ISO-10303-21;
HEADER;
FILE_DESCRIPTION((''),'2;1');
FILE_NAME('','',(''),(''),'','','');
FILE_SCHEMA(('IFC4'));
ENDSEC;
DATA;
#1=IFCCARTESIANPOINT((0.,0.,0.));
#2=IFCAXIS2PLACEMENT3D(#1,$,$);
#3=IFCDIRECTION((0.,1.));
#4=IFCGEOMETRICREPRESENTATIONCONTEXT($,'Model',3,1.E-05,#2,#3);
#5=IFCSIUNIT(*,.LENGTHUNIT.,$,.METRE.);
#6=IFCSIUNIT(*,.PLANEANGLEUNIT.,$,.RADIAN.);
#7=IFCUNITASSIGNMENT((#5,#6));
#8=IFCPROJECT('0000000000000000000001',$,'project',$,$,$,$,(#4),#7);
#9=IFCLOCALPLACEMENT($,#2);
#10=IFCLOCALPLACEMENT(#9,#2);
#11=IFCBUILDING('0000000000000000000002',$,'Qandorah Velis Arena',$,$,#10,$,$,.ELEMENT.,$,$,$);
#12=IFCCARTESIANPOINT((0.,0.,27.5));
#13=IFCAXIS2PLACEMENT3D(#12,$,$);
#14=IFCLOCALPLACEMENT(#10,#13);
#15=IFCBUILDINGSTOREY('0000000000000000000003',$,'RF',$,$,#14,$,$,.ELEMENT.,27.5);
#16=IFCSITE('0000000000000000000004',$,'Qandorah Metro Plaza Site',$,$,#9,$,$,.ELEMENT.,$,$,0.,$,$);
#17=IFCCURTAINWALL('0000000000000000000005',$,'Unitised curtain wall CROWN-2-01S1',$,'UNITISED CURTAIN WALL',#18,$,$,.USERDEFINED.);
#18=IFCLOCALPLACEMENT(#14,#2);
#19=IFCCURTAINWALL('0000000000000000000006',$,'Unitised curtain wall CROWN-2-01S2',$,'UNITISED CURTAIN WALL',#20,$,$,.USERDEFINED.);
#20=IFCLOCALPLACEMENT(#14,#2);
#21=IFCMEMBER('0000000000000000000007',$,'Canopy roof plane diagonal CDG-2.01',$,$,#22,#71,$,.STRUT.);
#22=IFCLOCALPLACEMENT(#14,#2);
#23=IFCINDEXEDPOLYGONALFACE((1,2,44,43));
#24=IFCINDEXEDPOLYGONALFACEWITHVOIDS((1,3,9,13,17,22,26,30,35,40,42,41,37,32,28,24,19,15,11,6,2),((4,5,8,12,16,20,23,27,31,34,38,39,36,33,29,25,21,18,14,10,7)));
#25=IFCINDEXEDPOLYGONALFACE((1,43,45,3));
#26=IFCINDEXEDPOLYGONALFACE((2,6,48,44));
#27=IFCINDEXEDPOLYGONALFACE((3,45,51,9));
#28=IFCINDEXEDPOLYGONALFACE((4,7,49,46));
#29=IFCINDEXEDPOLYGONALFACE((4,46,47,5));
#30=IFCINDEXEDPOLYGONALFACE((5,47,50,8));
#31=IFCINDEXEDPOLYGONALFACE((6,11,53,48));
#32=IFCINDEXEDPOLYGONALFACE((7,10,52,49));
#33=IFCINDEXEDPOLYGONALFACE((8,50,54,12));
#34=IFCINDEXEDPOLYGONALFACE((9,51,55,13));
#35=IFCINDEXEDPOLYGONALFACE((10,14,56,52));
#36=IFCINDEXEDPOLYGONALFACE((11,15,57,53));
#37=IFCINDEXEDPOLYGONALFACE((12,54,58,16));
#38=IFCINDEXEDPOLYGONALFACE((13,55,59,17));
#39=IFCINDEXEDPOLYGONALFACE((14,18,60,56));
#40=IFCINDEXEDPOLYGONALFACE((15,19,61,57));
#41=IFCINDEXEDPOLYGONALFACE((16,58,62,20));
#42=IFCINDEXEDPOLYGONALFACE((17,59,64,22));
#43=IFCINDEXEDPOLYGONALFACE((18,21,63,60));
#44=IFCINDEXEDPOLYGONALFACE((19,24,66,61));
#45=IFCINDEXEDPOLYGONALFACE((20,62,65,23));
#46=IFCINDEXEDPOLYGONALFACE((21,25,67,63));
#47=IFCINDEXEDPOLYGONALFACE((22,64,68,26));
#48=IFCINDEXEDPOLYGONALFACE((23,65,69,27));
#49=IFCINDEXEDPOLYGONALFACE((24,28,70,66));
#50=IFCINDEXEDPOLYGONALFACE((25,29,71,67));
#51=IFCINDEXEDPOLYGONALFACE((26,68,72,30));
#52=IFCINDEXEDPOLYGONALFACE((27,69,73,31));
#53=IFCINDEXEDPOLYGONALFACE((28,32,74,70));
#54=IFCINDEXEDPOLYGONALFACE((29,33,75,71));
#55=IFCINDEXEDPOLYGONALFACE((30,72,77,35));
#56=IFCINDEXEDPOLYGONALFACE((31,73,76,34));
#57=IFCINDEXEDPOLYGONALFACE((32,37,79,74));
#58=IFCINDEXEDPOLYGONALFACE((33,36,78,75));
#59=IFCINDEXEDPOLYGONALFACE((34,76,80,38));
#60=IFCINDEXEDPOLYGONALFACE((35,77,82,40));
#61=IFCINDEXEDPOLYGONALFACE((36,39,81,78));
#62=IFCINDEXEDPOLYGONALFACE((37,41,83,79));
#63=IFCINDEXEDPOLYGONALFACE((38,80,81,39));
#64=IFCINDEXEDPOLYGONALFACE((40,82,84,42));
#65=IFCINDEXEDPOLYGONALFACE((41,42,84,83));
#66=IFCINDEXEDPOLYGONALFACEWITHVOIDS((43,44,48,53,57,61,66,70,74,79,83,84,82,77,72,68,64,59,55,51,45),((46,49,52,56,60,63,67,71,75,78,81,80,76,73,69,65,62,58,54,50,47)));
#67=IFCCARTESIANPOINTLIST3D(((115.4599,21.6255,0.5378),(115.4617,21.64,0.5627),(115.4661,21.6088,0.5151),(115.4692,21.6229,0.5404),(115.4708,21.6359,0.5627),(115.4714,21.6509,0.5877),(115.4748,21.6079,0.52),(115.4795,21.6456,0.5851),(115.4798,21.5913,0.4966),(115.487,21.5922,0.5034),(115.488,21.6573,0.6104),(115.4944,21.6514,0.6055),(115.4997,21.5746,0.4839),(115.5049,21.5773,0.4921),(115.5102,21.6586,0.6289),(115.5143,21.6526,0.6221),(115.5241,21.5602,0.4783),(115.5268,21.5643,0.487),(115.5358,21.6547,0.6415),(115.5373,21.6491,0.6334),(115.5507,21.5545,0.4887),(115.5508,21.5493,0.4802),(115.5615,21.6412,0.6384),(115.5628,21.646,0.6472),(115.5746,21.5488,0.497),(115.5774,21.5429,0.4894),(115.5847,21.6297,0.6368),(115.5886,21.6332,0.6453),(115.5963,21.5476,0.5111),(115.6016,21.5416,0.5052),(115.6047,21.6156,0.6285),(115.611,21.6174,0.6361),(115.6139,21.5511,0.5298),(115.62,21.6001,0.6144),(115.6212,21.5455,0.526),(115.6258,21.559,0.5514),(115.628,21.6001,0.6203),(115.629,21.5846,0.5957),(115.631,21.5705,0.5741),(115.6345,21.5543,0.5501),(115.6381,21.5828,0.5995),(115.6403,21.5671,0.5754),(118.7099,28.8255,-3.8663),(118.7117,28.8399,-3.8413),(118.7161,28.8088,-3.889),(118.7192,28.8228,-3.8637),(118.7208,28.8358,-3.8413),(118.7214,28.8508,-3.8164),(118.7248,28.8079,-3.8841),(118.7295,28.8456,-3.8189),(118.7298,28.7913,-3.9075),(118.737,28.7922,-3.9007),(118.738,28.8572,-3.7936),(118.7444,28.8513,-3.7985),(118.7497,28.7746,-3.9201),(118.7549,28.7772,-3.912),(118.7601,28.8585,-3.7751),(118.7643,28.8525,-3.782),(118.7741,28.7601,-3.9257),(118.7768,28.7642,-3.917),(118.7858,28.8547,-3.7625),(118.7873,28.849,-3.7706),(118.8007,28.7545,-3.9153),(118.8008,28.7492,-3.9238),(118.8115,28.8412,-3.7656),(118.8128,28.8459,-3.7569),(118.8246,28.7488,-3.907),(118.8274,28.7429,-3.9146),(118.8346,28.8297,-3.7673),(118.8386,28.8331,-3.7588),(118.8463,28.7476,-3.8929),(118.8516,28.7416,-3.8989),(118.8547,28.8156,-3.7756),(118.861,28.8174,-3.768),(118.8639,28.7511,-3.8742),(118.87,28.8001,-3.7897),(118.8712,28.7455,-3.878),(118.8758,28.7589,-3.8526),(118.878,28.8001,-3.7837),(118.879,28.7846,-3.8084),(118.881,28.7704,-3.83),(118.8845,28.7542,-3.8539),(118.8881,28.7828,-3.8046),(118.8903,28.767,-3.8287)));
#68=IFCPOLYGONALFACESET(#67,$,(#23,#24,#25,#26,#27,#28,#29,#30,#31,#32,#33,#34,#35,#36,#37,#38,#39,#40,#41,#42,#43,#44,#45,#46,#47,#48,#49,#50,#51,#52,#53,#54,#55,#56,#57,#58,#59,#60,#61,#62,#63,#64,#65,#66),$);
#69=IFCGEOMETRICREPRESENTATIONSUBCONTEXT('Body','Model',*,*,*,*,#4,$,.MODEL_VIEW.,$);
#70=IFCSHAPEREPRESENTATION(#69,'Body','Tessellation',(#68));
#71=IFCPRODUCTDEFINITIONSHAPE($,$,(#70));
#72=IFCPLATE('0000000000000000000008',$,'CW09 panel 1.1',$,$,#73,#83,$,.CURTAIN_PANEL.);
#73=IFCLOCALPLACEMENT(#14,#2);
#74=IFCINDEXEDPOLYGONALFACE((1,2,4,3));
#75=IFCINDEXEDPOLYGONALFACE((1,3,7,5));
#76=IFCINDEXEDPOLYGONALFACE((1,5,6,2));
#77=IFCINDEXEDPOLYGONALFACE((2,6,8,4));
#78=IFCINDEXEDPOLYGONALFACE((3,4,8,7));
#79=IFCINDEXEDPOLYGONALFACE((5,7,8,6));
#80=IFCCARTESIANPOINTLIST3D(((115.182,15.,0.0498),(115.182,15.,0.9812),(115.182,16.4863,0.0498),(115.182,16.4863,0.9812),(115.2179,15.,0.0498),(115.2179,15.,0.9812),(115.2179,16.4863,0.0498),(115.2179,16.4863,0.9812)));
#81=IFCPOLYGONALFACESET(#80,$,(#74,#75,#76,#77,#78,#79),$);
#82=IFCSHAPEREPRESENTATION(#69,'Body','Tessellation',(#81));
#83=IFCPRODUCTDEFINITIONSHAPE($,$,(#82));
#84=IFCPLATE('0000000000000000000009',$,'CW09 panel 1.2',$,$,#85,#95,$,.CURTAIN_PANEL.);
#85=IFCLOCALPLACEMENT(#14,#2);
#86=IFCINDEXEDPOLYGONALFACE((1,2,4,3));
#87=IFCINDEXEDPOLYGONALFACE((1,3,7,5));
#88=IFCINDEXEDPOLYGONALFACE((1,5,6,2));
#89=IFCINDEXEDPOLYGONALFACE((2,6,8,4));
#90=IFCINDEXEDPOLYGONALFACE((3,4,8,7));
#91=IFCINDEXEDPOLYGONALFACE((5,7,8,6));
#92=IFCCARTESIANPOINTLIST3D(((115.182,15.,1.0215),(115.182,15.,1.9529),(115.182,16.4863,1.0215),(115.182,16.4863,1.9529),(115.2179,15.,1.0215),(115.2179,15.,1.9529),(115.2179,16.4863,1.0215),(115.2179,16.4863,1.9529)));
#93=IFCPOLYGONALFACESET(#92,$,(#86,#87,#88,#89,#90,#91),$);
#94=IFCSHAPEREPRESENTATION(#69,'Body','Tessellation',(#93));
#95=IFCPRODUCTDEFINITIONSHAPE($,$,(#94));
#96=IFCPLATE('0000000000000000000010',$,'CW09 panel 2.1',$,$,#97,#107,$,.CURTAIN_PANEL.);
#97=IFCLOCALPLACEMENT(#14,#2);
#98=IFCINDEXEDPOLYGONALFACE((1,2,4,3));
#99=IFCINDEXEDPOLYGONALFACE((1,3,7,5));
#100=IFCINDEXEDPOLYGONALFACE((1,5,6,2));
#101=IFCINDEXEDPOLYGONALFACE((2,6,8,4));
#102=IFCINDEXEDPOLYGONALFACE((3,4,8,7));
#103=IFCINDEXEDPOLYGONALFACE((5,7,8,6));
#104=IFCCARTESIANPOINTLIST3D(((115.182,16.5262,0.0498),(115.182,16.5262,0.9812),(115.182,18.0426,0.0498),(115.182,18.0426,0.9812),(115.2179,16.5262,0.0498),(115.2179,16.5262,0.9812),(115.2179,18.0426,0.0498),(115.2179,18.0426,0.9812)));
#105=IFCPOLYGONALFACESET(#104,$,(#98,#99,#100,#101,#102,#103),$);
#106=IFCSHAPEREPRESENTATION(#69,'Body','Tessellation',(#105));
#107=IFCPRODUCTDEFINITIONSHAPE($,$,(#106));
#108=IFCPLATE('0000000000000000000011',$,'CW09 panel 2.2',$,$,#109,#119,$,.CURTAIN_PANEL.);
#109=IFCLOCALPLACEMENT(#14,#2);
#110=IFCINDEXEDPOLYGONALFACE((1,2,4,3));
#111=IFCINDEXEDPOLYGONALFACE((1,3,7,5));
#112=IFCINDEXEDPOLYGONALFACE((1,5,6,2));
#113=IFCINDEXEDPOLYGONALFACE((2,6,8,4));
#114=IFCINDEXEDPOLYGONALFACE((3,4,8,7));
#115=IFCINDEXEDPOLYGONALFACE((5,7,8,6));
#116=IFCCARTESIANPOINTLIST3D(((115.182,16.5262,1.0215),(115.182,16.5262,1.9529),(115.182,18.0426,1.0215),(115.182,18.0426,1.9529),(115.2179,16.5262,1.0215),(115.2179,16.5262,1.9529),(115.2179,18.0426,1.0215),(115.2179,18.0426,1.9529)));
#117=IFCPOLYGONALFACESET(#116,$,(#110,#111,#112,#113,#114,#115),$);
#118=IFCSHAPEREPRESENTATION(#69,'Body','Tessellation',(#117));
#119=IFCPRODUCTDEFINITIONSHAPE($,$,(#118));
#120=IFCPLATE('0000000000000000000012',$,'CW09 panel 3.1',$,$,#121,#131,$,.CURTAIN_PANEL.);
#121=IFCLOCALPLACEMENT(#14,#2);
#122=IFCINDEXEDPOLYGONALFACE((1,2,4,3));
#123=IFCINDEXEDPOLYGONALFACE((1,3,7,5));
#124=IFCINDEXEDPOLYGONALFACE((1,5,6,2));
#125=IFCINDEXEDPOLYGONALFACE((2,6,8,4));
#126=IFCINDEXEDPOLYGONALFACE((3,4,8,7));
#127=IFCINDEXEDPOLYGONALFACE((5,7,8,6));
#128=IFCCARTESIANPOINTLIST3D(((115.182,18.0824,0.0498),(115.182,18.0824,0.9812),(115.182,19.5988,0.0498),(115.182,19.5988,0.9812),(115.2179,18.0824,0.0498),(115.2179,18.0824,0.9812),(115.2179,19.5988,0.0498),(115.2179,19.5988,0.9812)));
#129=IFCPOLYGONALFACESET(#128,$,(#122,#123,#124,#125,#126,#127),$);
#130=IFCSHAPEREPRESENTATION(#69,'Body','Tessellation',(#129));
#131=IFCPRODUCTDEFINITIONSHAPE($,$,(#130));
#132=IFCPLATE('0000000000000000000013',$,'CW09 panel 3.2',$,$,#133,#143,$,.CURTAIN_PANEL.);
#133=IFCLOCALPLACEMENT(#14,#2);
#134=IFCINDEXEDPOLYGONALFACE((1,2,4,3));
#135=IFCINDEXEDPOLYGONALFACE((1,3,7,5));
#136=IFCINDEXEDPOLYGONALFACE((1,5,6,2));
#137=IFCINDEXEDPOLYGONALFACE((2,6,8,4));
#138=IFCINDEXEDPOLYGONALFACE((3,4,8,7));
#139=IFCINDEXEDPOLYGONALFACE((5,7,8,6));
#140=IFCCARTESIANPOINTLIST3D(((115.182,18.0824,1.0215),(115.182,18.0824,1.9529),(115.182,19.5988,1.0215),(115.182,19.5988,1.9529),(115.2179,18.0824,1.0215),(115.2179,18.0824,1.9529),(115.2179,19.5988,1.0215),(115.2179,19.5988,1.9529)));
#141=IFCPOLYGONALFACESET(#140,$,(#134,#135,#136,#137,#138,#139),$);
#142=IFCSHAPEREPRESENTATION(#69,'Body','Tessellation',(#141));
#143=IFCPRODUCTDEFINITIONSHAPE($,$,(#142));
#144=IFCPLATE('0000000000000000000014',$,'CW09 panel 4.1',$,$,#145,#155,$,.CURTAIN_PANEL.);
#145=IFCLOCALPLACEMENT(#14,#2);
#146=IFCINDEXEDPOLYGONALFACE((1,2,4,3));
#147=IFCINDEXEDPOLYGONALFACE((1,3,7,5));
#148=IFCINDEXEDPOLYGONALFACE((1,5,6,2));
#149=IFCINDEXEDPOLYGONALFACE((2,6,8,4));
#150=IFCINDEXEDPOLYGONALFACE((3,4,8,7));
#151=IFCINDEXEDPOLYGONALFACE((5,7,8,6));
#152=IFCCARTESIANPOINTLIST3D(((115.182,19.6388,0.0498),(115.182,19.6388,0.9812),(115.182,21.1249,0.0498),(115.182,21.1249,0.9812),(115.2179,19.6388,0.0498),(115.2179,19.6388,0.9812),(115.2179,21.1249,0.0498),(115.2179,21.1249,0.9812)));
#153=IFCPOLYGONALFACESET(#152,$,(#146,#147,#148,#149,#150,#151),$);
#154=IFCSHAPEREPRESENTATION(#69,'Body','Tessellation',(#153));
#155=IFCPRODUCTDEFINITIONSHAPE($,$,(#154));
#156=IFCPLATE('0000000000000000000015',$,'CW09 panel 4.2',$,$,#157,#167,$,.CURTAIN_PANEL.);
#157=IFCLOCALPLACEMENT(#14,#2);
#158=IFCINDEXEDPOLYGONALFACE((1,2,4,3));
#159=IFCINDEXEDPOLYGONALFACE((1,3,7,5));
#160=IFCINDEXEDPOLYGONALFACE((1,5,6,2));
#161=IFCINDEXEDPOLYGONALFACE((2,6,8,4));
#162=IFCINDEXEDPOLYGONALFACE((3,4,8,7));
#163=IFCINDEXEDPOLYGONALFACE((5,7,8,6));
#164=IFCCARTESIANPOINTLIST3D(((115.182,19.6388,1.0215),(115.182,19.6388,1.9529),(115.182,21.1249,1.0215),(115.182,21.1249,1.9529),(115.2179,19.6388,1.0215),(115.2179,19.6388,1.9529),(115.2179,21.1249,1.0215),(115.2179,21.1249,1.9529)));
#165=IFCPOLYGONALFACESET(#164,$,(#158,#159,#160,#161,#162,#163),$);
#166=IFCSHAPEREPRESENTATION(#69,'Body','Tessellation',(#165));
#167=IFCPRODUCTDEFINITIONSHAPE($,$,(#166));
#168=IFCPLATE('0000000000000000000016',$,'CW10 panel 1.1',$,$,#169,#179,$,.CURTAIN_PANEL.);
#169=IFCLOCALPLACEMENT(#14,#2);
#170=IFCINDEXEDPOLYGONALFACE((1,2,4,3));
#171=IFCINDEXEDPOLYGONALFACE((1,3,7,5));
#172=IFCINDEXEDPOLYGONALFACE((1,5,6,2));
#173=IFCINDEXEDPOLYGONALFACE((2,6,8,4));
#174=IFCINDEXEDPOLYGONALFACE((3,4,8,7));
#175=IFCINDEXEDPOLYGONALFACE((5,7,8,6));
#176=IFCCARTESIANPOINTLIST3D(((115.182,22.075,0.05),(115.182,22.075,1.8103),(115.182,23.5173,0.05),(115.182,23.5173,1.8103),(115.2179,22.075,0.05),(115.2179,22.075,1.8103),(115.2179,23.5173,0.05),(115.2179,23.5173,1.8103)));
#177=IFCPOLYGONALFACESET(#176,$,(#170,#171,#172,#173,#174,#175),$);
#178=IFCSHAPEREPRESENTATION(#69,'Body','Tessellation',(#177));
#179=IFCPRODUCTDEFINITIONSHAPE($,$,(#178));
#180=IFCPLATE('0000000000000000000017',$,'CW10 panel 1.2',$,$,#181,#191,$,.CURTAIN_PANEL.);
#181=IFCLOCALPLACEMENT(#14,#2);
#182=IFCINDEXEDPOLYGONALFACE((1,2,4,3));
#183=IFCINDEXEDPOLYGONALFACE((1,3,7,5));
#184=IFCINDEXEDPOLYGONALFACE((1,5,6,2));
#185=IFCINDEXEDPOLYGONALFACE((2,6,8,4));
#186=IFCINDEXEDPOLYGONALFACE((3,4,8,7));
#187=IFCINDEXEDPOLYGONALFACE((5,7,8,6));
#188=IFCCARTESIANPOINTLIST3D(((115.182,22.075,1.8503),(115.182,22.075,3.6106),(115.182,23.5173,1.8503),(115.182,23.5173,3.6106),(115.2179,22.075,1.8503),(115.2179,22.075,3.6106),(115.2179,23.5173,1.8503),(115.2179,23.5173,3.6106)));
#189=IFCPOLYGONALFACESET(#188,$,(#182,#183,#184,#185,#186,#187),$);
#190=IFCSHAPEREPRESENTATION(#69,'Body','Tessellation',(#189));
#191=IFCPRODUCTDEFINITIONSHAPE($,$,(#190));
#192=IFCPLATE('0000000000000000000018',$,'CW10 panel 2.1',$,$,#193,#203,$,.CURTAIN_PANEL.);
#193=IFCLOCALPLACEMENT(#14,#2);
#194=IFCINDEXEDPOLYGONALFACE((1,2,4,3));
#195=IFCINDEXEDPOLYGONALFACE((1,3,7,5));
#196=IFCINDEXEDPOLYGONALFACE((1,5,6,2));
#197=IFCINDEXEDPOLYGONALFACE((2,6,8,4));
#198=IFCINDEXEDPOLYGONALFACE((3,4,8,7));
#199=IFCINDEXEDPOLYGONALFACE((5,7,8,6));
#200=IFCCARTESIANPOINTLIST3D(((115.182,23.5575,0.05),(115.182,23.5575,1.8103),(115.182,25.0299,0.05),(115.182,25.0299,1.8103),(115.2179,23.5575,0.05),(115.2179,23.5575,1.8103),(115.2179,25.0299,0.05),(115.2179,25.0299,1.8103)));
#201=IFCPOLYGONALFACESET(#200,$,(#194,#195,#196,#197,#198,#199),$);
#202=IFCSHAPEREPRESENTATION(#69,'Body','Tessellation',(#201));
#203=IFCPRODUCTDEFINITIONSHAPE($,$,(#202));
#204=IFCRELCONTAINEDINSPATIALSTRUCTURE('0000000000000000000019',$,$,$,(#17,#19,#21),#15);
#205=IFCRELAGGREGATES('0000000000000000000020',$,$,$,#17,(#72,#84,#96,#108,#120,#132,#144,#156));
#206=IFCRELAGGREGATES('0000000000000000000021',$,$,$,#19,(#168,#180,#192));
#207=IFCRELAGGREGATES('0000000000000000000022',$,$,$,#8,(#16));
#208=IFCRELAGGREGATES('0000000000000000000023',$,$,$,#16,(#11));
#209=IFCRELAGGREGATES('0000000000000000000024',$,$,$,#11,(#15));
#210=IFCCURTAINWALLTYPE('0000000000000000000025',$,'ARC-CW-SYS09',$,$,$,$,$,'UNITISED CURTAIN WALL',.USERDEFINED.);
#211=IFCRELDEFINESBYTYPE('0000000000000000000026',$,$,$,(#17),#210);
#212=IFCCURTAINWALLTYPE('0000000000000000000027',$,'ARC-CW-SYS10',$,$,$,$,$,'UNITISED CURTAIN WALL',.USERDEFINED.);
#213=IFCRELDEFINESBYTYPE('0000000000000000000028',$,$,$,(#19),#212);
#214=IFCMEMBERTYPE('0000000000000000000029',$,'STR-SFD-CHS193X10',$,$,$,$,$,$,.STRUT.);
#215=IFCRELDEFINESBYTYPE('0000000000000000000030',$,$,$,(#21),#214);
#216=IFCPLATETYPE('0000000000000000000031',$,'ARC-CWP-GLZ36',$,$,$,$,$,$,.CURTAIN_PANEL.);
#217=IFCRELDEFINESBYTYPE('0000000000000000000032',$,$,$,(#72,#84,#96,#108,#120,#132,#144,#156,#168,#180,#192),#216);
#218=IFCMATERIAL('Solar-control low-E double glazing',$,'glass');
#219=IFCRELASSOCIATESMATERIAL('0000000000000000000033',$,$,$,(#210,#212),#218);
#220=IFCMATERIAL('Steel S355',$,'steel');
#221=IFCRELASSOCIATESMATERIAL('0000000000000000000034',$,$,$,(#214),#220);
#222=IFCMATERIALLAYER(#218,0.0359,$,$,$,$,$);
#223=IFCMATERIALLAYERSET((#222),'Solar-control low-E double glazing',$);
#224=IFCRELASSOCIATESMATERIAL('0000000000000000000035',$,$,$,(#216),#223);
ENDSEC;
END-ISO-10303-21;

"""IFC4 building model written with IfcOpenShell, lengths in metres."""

from ifc_helpers import new_model, si_unit, direction, frame, origin, origin_2d, place, context, subcontext, project, spatial, rectangle, hollow_circle, extrude, material, layer, layer_set, material_profile, profile_set, type_object, element, aggregate, save


model = new_model("IFC4")

# Units and contexts
model_context = context("Model", 3, precision=1e-05, world=origin(), true_north=direction((0.0, 1.0)))
body_context = subcontext(model_context, "Body", "Model", "MODEL_VIEW")
ifc_project = project(units=[si_unit("LENGTHUNIT", "METRE"), si_unit("PLANEANGLEUNIT", "RADIAN")], contexts=[model_context])

# Site, building, storey
site_placement = place(None, origin())
site = spatial("IfcSite", under=ifc_project, at=site_placement, Name="Qandorah Metro Plaza Site", CompositionType="ELEMENT", RefElevation=0.0)
building_placement = place(site_placement, origin())
building = spatial("IfcBuilding", under=site, at=building_placement, Name="Qandorah Velis Arena", CompositionType="ELEMENT")
storey_placement = place(building_placement, frame((0.0, 0.0, 27.5)))
storey = spatial("IfcBuildingStorey", under=building, at=storey_placement, Name="RF", CompositionType="ELEMENT", Elevation=27.5)

# Curtain walls
ifc_material_1 = material(Name="Solar-control low-E double glazing", Category="glass")
curtain_wall_type_1 = type_object("IfcCurtainWallType", Name="ARC-CW-SYS09", ElementType="UNITISED CURTAIN WALL", PredefinedType="USERDEFINED", material=ifc_material_1)
curtain_wall_1_placement = place(storey_placement, origin())
curtain_wall_1 = element("IfcCurtainWall", 1, at=curtain_wall_1_placement, inside=storey, type_object=curtain_wall_type_1, Name="Unitised curtain wall CROWN-2-01S1", ObjectType="UNITISED CURTAIN WALL", PredefinedType="USERDEFINED")
curtain_wall_type_2 = type_object("IfcCurtainWallType", Name="ARC-CW-SYS10", ElementType="UNITISED CURTAIN WALL", PredefinedType="USERDEFINED", material=ifc_material_1)
curtain_wall_2_placement = place(storey_placement, origin())
curtain_wall_2 = element("IfcCurtainWall", 2, at=curtain_wall_2_placement, inside=storey, type_object=curtain_wall_type_2, Name="Unitised curtain wall CROWN-2-01S2", ObjectType="UNITISED CURTAIN WALL", PredefinedType="USERDEFINED")

# Shared definitions
ifc_material_2 = material(Name="Steel S355", Category="steel")

# Member
ifc_material_profile_1 = material_profile(ifc_material_2, hollow_circle(Radius=0.0969, WallThickness=0.01, at=origin_2d()), Name="CHS 193.7x10")
ifc_profile_set_1 = profile_set([ifc_material_profile_1], Name="Steel S355")
member_type_1 = type_object("IfcMemberType", Name="STR-SFD-CHS193X10", PredefinedType="STRUT", material=ifc_profile_set_1)
member_1_placement = place(storey_placement, frame((115.55, 21.6001, 0.5627), z_axis=(0.359346, 0.796085, -0.486948), x_axis=(-0.911446, 0.411419, 0.0)))
element("IfcMember", 3, at=member_1_placement, inside=storey, type_object=member_type_1, Name="Canopy roof plane diagonal CDG-2.01", PredefinedType="STRUT", context=body_context, shape_type="SweptSolid", body=[
    extrude(hollow_circle(Radius=0.0969, WallThickness=0.01, at=origin_2d()), origin(), (0.0, 0.0, 1.0), 9.0442),
])

# Plates
ifc_layer_1 = layer(ifc_material_1, 0.0359)
ifc_layer_set_1 = layer_set([ifc_layer_1], Name="Solar-control low-E double glazing")
plate_type = type_object("IfcPlateType", Name="ARC-CWP-GLZ36", PredefinedType="CURTAIN_PANEL", material=ifc_layer_set_1)
plate_1_placement = place(storey_placement, frame((115.2, 15.7432, 0.0498), z_axis=(0.0, 0.0, 1.0), x_axis=(0.0, 1.0, 0.0)))
plate_1 = element("IfcPlate", 4, at=plate_1_placement, type_object=plate_type, Name="CW09 panel 1.1", PredefinedType="CURTAIN_PANEL", context=body_context, shape_type="SweptSolid", body=[
    extrude(rectangle(XDim=1.4863, YDim=0.0359, at=origin_2d()), origin(), (0.0, 0.0, 1.0), 0.9314),
])
plate_2_placement = place(storey_placement, frame((115.2, 15.7432, 1.0215), z_axis=(0.0, 0.0, 1.0), x_axis=(0.0, 1.0, 0.0)))
plate_2 = element("IfcPlate", 5, at=plate_2_placement, type_object=plate_type, Name="CW09 panel 1.2", PredefinedType="CURTAIN_PANEL", context=body_context, shape_type="SweptSolid", body=[
    extrude(rectangle(XDim=1.4863, YDim=0.0359, at=origin_2d()), origin(), (0.0, 0.0, 1.0), 0.9314),
])
plate_3_placement = place(storey_placement, frame((115.2, 17.2844, 0.0498), z_axis=(0.0, 0.0, 1.0), x_axis=(0.0, 1.0, 0.0)))
plate_3 = element("IfcPlate", 6, at=plate_3_placement, type_object=plate_type, Name="CW09 panel 2.1", PredefinedType="CURTAIN_PANEL", context=body_context, shape_type="SweptSolid", body=[
    extrude(rectangle(XDim=1.5164, YDim=0.0359, at=origin_2d()), origin(), (0.0, 0.0, 1.0), 0.9314),
])
plate_4_placement = place(storey_placement, frame((115.2, 17.2844, 1.0215), z_axis=(0.0, 0.0, 1.0), x_axis=(0.0, 1.0, 0.0)))
plate_4 = element("IfcPlate", 7, at=plate_4_placement, type_object=plate_type, Name="CW09 panel 2.2", PredefinedType="CURTAIN_PANEL", context=body_context, shape_type="SweptSolid", body=[
    extrude(rectangle(XDim=1.5164, YDim=0.0359, at=origin_2d()), origin(), (0.0, 0.0, 1.0), 0.9314),
])
plate_5_placement = place(storey_placement, frame((115.2, 18.8406, 0.0498), z_axis=(0.0, 0.0, 1.0), x_axis=(0.0, 1.0, 0.0)))
plate_5 = element("IfcPlate", 8, at=plate_5_placement, type_object=plate_type, Name="CW09 panel 3.1", PredefinedType="CURTAIN_PANEL", context=body_context, shape_type="SweptSolid", body=[
    extrude(rectangle(XDim=1.5164, YDim=0.0359, at=origin_2d()), origin(), (0.0, 0.0, 1.0), 0.9314),
])
plate_6_placement = place(storey_placement, frame((115.2, 18.8406, 1.0215), z_axis=(0.0, 0.0, 1.0), x_axis=(0.0, 1.0, 0.0)))
plate_6 = element("IfcPlate", 9, at=plate_6_placement, type_object=plate_type, Name="CW09 panel 3.2", PredefinedType="CURTAIN_PANEL", context=body_context, shape_type="SweptSolid", body=[
    extrude(rectangle(XDim=1.5164, YDim=0.0359, at=origin_2d()), origin(), (0.0, 0.0, 1.0), 0.9314),
])
plate_7_placement = place(storey_placement, frame((115.2, 20.3818, 0.0498), z_axis=(0.0, 0.0, 1.0), x_axis=(0.0, 1.0, 0.0)))
plate_7 = element("IfcPlate", 10, at=plate_7_placement, type_object=plate_type, Name="CW09 panel 4.1", PredefinedType="CURTAIN_PANEL", context=body_context, shape_type="SweptSolid", body=[
    extrude(rectangle(XDim=1.4861, YDim=0.0359, at=origin_2d()), origin(), (0.0, 0.0, 1.0), 0.9314),
])
plate_8_placement = place(storey_placement, frame((115.2, 20.3818, 1.0215), z_axis=(0.0, 0.0, 1.0), x_axis=(0.0, 1.0, 0.0)))
plate_8 = element("IfcPlate", 11, at=plate_8_placement, type_object=plate_type, Name="CW09 panel 4.2", PredefinedType="CURTAIN_PANEL", context=body_context, shape_type="SweptSolid", body=[
    extrude(rectangle(XDim=1.4861, YDim=0.0359, at=origin_2d()), origin(), (0.0, 0.0, 1.0), 0.9314),
])
aggregate(curtain_wall_1, [plate_1, plate_2, plate_3, plate_4, plate_5, plate_6, plate_7, plate_8])
plate_9_placement = place(storey_placement, frame((115.2, 22.7961, 0.05), z_axis=(0.0, 0.0, 1.0), x_axis=(0.0, 1.0, 0.0)))
plate_9 = element("IfcPlate", 12, at=plate_9_placement, type_object=plate_type, Name="CW10 panel 1.1", PredefinedType="CURTAIN_PANEL", context=body_context, shape_type="SweptSolid", body=[
    extrude(rectangle(XDim=1.4424, YDim=0.0359, at=origin_2d()), origin(), (0.0, 0.0, 1.0), 1.7603),
])
plate_10_placement = place(storey_placement, frame((115.2, 22.7961, 1.8503), z_axis=(0.0, 0.0, 1.0), x_axis=(0.0, 1.0, 0.0)))
plate_10 = element("IfcPlate", 13, at=plate_10_placement, type_object=plate_type, Name="CW10 panel 1.2", PredefinedType="CURTAIN_PANEL", context=body_context, shape_type="SweptSolid", body=[
    extrude(rectangle(XDim=1.4424, YDim=0.0359, at=origin_2d()), origin(), (0.0, 0.0, 1.0), 1.7603),
])
plate_11_placement = place(storey_placement, frame((115.2, 24.2937, 0.05), z_axis=(0.0, 0.0, 1.0), x_axis=(0.0, 1.0, 0.0)))
plate_11 = element("IfcPlate", 14, at=plate_11_placement, type_object=plate_type, Name="CW10 panel 2.1", PredefinedType="CURTAIN_PANEL", context=body_context, shape_type="SweptSolid", body=[
    extrude(rectangle(XDim=1.4724, YDim=0.0359, at=origin_2d()), origin(), (0.0, 0.0, 1.0), 1.7603),
])
aggregate(curtain_wall_2, [plate_9, plate_10, plate_11])

save(model, "model.ifc")
